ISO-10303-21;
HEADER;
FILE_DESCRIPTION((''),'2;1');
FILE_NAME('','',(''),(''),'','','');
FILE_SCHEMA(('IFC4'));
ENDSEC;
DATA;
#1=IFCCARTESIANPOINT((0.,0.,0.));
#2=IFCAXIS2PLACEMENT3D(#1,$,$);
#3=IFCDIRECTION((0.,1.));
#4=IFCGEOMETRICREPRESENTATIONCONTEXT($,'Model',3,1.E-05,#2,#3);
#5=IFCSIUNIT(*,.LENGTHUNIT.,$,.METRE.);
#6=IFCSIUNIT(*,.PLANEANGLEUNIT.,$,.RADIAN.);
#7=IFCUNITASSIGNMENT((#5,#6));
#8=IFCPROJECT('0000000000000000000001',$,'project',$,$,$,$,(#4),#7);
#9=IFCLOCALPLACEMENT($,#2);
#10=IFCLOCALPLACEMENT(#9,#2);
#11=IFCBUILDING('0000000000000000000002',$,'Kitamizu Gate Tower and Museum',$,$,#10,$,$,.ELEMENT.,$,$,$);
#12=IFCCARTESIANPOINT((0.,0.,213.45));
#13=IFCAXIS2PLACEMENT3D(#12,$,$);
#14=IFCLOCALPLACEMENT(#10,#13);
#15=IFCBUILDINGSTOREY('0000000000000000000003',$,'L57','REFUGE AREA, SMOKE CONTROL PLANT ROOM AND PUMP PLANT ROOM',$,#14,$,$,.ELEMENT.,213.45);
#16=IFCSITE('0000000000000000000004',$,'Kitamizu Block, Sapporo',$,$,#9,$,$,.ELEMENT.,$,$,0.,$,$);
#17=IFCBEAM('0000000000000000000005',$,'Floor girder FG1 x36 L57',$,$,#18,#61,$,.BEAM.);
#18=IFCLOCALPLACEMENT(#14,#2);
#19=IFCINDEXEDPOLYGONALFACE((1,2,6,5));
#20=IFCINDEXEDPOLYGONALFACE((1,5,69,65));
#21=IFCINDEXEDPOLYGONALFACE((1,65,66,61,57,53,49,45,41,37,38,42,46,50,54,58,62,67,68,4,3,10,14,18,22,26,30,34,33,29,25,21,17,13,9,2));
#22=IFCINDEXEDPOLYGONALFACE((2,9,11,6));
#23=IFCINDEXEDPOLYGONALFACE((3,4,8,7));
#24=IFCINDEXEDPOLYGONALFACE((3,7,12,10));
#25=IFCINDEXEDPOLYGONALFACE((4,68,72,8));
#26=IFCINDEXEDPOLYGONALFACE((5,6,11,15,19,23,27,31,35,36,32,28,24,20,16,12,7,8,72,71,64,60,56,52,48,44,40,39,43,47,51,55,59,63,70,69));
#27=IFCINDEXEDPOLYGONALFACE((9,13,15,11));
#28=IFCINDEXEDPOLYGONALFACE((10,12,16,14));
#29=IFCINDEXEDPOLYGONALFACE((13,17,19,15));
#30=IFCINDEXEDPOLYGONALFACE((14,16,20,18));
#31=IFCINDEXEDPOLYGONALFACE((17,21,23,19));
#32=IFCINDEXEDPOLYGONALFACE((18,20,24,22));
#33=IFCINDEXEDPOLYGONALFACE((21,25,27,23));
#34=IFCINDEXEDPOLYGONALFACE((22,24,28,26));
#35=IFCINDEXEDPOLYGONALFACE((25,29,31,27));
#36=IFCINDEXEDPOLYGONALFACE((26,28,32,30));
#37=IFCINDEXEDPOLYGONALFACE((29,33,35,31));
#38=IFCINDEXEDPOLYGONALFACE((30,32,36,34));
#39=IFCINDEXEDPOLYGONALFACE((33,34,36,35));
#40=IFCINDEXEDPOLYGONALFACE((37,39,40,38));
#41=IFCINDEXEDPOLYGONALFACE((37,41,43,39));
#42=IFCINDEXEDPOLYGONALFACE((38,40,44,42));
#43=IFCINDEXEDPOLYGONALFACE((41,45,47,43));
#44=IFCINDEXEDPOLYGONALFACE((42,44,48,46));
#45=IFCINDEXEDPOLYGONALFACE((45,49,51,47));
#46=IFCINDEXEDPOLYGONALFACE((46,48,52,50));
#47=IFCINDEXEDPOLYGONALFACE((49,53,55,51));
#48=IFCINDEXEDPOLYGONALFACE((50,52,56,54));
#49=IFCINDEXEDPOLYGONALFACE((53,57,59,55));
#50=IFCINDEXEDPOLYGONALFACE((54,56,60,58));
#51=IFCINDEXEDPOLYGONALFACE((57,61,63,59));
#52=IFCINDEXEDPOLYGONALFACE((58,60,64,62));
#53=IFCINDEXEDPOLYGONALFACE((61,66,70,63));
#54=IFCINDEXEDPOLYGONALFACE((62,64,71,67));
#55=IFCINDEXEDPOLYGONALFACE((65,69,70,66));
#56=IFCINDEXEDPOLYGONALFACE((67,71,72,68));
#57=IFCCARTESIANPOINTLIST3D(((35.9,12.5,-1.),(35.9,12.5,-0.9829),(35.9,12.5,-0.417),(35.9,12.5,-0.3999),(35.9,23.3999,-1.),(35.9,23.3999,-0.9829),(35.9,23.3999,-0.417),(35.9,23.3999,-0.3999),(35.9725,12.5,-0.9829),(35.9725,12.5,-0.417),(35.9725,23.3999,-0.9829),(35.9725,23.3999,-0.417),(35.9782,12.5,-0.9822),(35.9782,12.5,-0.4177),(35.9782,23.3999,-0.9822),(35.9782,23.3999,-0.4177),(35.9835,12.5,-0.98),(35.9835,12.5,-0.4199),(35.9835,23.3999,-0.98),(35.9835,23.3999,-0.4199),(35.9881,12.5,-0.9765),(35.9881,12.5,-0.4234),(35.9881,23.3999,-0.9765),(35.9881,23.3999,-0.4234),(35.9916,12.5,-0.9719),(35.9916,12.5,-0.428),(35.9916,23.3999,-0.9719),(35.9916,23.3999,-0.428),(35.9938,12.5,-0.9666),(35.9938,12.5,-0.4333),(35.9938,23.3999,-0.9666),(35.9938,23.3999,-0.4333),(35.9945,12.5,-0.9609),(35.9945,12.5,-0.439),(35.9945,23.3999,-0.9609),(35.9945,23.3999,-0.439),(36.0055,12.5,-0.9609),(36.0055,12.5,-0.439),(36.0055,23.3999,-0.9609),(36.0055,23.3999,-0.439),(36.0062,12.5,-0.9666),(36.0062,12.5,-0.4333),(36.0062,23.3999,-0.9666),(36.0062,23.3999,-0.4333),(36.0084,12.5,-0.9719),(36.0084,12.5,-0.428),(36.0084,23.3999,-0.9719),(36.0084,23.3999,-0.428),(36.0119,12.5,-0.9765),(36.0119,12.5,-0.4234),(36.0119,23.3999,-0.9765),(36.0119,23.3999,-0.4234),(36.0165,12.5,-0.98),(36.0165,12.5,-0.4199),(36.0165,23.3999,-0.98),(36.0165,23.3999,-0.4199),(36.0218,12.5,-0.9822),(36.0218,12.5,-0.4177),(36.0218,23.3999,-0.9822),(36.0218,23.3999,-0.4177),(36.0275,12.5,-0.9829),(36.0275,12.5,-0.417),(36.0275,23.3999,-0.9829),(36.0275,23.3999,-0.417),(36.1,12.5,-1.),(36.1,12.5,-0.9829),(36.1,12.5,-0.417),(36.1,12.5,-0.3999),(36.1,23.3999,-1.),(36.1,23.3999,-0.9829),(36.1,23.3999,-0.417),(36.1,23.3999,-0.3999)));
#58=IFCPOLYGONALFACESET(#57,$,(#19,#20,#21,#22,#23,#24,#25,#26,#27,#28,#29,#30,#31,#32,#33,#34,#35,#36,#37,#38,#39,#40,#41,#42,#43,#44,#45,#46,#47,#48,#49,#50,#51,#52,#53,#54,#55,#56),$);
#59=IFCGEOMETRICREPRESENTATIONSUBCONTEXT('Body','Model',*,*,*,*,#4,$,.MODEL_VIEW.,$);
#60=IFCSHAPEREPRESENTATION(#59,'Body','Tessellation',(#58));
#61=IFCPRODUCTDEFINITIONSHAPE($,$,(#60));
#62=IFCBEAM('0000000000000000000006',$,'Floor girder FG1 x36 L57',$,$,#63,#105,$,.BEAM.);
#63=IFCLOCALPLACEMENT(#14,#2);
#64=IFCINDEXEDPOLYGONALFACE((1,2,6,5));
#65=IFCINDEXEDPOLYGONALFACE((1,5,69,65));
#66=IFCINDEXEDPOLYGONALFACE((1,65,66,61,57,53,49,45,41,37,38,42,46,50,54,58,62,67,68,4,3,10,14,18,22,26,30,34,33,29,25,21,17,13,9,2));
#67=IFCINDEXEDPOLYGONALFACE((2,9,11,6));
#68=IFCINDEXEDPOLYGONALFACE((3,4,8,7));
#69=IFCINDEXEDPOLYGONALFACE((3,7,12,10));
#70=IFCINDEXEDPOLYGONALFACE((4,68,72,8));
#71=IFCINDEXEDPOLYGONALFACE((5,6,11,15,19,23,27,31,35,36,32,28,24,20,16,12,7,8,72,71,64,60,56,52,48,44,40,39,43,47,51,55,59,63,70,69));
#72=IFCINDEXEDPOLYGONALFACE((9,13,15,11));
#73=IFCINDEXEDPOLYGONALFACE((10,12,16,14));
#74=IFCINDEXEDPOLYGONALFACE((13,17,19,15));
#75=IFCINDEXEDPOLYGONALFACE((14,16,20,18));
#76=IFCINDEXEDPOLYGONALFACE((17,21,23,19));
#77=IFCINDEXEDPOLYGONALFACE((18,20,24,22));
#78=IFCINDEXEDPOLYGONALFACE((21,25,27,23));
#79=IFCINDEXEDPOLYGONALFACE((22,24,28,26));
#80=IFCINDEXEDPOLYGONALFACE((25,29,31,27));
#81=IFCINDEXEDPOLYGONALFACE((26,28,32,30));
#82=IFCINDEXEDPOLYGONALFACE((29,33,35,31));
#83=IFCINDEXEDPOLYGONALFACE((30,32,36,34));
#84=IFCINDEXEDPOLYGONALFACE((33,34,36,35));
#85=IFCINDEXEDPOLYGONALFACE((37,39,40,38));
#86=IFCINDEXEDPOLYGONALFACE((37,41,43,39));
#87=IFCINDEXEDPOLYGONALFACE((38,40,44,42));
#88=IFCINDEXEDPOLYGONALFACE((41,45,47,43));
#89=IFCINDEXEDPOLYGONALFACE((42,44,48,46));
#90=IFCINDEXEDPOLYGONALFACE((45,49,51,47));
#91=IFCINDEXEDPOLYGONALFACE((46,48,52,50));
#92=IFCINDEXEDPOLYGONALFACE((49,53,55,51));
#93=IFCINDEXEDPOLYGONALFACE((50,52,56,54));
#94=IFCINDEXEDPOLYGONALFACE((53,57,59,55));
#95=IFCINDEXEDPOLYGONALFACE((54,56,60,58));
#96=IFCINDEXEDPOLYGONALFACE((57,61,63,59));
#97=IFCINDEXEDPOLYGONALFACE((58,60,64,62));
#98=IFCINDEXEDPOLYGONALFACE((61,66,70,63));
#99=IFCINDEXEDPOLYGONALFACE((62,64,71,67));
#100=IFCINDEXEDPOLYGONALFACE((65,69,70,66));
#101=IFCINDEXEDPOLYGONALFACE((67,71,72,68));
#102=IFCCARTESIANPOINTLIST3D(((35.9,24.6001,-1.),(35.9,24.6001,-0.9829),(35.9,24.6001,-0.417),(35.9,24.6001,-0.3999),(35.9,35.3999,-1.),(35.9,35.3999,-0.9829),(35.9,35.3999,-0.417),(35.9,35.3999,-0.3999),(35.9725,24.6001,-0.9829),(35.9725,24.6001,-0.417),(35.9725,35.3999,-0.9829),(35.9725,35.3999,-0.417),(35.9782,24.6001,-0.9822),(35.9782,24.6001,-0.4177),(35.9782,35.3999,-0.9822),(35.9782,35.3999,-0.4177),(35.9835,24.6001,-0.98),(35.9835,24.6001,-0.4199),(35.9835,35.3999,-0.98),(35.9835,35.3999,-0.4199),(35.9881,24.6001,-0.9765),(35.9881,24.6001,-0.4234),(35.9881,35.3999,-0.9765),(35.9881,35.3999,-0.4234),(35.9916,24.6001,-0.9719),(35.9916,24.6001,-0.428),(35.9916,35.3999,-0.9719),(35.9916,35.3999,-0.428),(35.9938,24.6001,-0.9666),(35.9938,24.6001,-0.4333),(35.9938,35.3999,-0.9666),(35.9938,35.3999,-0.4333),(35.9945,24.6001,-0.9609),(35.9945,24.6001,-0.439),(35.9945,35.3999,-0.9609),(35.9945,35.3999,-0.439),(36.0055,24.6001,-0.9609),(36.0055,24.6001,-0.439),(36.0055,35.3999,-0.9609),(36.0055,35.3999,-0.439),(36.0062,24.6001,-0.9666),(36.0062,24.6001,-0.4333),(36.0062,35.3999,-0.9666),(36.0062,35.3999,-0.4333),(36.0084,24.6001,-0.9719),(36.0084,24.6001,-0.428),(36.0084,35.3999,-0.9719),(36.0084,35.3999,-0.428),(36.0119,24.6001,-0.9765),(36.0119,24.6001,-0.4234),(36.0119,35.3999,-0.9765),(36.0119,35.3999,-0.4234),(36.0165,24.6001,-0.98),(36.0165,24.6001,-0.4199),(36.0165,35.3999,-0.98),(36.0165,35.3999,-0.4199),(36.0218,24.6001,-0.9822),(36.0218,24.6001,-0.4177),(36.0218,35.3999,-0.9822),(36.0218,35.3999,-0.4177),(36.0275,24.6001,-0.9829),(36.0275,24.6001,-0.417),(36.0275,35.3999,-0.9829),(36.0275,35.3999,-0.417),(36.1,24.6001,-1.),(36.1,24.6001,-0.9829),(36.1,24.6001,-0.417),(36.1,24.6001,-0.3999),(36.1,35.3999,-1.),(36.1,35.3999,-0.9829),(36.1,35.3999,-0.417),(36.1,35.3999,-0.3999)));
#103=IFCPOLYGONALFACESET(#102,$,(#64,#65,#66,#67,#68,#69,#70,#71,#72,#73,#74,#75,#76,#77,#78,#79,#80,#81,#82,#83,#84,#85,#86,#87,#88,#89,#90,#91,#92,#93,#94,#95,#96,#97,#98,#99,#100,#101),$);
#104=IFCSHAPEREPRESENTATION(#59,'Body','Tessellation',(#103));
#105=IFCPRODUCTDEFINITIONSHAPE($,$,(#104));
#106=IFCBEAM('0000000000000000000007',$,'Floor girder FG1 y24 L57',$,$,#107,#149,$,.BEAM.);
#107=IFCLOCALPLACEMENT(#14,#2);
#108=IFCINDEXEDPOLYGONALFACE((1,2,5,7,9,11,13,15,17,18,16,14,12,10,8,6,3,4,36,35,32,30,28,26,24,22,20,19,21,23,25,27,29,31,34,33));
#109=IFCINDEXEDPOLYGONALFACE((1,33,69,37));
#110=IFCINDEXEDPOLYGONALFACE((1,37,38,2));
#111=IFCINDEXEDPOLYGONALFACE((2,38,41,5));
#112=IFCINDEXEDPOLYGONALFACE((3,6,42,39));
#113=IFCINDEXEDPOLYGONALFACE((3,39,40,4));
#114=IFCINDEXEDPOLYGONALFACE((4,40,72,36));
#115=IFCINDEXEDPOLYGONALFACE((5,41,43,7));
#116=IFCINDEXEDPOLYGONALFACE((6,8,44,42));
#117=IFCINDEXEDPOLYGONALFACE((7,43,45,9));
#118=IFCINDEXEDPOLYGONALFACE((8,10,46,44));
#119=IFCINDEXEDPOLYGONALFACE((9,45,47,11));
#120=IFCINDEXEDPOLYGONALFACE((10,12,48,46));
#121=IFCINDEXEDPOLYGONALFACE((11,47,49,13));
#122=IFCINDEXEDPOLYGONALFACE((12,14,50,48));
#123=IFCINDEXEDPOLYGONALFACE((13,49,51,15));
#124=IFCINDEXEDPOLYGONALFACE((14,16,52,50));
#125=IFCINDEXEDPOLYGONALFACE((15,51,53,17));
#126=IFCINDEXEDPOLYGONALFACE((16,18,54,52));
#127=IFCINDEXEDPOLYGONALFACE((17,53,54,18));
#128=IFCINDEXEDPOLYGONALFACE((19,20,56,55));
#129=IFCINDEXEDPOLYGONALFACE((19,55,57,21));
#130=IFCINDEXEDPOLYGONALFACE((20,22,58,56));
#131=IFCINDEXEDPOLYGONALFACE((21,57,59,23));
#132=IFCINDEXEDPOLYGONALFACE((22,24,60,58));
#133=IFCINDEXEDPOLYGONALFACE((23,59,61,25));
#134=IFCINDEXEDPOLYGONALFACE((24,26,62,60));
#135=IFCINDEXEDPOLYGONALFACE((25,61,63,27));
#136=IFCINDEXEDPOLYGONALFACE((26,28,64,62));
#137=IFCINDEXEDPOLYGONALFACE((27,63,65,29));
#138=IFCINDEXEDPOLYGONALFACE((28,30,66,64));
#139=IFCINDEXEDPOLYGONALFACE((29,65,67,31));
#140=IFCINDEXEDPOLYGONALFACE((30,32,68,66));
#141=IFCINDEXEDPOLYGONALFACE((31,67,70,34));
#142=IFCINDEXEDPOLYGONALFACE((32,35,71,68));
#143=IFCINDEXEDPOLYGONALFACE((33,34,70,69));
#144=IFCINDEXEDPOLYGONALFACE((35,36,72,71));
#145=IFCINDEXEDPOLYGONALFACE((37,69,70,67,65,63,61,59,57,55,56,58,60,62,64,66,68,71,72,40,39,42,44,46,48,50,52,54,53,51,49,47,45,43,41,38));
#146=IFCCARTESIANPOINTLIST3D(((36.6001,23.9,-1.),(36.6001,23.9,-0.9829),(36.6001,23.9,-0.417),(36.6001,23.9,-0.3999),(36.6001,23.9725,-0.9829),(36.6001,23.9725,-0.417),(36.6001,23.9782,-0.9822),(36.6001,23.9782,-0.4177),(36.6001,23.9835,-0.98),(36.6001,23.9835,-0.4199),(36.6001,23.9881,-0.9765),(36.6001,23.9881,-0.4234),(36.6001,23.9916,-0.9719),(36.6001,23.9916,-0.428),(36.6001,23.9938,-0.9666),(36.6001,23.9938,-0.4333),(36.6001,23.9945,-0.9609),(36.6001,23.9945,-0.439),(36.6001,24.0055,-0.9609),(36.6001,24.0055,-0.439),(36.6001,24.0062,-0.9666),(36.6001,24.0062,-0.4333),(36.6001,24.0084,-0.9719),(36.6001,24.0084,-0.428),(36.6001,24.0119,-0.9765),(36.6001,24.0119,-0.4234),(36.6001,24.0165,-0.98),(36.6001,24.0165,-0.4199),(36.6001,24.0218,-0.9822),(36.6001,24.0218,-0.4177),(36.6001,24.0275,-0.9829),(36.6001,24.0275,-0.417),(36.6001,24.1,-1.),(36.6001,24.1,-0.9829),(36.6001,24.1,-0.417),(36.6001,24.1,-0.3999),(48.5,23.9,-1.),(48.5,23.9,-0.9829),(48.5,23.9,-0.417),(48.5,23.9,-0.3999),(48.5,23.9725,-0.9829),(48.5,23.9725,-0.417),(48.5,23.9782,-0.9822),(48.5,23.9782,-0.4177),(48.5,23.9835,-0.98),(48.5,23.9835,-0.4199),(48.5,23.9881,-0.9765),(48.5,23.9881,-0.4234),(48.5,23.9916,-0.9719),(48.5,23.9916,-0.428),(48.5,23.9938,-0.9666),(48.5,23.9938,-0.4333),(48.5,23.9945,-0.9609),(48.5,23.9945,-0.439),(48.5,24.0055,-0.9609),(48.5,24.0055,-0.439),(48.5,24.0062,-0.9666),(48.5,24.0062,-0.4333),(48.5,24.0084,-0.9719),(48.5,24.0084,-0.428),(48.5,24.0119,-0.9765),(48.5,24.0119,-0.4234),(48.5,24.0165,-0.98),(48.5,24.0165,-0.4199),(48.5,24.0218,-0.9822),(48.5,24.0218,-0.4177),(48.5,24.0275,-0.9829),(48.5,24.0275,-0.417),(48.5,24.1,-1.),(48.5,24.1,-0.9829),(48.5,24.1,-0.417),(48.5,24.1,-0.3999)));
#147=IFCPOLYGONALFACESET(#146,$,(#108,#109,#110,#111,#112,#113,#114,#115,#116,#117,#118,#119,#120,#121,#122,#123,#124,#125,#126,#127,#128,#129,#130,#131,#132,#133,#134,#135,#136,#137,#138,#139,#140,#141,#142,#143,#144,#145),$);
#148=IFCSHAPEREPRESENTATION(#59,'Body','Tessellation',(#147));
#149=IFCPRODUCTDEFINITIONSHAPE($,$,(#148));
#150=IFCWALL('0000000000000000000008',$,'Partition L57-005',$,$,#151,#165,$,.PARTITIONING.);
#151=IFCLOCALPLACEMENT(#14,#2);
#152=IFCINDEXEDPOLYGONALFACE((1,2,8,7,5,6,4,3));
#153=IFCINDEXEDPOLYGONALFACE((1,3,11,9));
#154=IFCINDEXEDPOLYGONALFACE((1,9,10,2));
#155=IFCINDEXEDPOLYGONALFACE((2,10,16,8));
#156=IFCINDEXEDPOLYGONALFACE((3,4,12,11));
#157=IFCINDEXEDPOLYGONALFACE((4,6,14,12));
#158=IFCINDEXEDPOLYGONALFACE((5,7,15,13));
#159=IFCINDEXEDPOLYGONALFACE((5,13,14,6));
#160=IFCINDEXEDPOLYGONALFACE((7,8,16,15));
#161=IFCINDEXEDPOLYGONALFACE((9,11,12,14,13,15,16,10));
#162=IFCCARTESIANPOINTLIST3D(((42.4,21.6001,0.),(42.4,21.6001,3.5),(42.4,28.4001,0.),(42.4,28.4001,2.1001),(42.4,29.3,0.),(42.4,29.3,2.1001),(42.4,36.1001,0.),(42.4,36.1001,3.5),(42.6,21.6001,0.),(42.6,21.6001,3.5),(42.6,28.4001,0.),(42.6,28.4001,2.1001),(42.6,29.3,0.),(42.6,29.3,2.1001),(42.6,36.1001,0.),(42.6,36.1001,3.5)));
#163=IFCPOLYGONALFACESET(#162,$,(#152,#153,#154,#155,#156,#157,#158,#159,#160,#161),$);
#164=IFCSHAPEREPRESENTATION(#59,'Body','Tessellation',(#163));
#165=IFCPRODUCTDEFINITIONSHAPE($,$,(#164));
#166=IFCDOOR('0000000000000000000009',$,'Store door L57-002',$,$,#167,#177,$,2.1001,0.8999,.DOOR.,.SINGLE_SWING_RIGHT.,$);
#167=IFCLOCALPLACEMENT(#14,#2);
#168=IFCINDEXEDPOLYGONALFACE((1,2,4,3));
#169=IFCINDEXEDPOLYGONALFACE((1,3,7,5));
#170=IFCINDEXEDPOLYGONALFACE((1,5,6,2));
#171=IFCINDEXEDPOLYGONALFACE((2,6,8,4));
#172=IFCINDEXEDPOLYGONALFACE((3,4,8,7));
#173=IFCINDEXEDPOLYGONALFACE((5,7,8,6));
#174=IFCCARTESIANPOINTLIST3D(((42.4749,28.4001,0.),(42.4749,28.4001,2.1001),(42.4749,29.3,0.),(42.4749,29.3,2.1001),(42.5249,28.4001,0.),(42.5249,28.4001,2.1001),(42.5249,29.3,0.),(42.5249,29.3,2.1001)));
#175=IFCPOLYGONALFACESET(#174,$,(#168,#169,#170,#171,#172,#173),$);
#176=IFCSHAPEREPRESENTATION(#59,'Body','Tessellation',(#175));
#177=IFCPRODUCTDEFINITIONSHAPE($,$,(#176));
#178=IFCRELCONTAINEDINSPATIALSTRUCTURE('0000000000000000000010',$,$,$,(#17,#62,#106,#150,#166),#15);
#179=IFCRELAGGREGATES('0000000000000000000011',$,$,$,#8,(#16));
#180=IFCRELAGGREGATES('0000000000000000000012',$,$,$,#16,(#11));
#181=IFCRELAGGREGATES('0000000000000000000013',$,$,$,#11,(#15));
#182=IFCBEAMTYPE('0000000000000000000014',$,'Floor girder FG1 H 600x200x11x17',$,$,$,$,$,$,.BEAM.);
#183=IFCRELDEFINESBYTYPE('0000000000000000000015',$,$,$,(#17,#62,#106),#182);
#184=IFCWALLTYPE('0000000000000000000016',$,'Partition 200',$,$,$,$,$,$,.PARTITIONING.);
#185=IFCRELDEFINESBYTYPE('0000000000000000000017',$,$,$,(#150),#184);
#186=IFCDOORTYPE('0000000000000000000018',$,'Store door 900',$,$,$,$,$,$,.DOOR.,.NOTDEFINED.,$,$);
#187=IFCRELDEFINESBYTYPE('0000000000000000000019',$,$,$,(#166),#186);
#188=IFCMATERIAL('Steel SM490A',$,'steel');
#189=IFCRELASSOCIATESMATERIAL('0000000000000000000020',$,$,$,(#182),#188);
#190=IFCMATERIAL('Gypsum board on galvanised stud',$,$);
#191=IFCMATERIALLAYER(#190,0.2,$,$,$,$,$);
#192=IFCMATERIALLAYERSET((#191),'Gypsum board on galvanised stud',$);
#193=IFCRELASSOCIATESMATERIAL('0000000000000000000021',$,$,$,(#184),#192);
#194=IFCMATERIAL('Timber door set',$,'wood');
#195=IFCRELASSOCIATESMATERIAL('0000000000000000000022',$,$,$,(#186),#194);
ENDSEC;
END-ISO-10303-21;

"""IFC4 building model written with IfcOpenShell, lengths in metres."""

from ifc_helpers import new_model, si_unit, direction, frame, frame_2d, origin, origin_2d, place, context, subcontext, project, spatial, rectangle, i_section, extrude, material, layer, layer_set, material_profile, profile_set, type_object, element, fill, save


model = new_model("IFC4")

# Units and contexts
model_context = context("Model", 3, precision=1e-05, world=origin(), true_north=direction((0.0, 1.0)))
body_context = subcontext(model_context, "Body", "Model", "MODEL_VIEW")
ifc_project = project(units=[si_unit("LENGTHUNIT", "METRE"), si_unit("PLANEANGLEUNIT", "RADIAN")], contexts=[model_context])

# Site, building, storey
site_placement = place(None, origin())
site = spatial("IfcSite", under=ifc_project, at=site_placement, Name="Kitamizu Block, Sapporo", CompositionType="ELEMENT", RefElevation=0.0)
building_placement = place(site_placement, origin())
building = spatial("IfcBuilding", under=site, at=building_placement, Name="Kitamizu Gate Tower and Museum", CompositionType="ELEMENT")
storey_placement = place(building_placement, frame((0.0, 0.0, 213.45)))
storey = spatial("IfcBuildingStorey", under=building, at=storey_placement, Name="L57", Description="REFUGE AREA, SMOKE CONTROL PLANT ROOM AND PUMP PLANT ROOM", CompositionType="ELEMENT", Elevation=213.45)

# Beams
ifc_material_1 = material(Name="Steel SM490A", Category="steel")
ifc_material_profile_1 = material_profile(ifc_material_1, i_section(OverallWidth=0.2, OverallDepth=0.6001, WebThickness=0.011, FlangeThickness=0.0171, FilletRadius=0.022, at=origin_2d()), Name="H-600x200x11x17")
ifc_profile_set_1 = profile_set([ifc_material_profile_1], Name="Steel SM490A")
beam_type_1 = type_object("IfcBeamType", Name="Floor girder FG1 H 600x200x11x17", PredefinedType="BEAM", material=ifc_profile_set_1)
beam_1_placement = place(storey_placement, frame((36.0, 12.5, -0.7), z_axis=(0.0, 1.0, 0.0), x_axis=(-1.0, 0.0, 0.0)))
element("IfcBeam", 1, at=beam_1_placement, inside=storey, type_object=beam_type_1, Name="Floor girder FG1 x36 L57", PredefinedType="BEAM", context=body_context, shape_type="SweptSolid", body=[
    extrude(i_section(OverallWidth=0.2, OverallDepth=0.6001, WebThickness=0.011, FlangeThickness=0.0171, FilletRadius=0.022, at=origin_2d()), origin(), (0.0, 0.0, 1.0), 10.8999),
])
beam_2_placement = place(storey_placement, frame((36.0, 24.6001, -0.7), z_axis=(0.0, 1.0, 0.0), x_axis=(-1.0, 0.0, 0.0)))
element("IfcBeam", 2, at=beam_2_placement, inside=storey, type_object=beam_type_1, Name="Floor girder FG1 x36 L57", PredefinedType="BEAM", context=body_context, shape_type="SweptSolid", body=[
    extrude(i_section(OverallWidth=0.2, OverallDepth=0.6001, WebThickness=0.011, FlangeThickness=0.0171, FilletRadius=0.022, at=origin_2d()), origin(), (0.0, 0.0, 1.0), 10.7998),
])
beam_3_placement = place(storey_placement, frame((36.6001, 24.0, -0.7), z_axis=(1.0, 0.0, 0.0), x_axis=(0.0, 1.0, 0.0)))
element("IfcBeam", 3, at=beam_3_placement, inside=storey, type_object=beam_type_1, Name="Floor girder FG1 y24 L57", PredefinedType="BEAM", context=body_context, shape_type="SweptSolid", body=[
    extrude(i_section(OverallWidth=0.2, OverallDepth=0.6001, WebThickness=0.011, FlangeThickness=0.0171, FilletRadius=0.022, at=origin_2d()), origin(), (0.0, 0.0, 1.0), 11.8999),
])

# Wall, opening, door
ifc_material_2 = material(Name="Gypsum board on galvanised stud")
ifc_layer = layer(ifc_material_2, 0.2)
ifc_layer_set = layer_set([ifc_layer], Name="Gypsum board on galvanised stud")
wall_type = type_object("IfcWallType", Name="Partition 200", PredefinedType="PARTITIONING", material=ifc_layer_set)
wall_1_placement = place(storey_placement, frame((42.5, 21.6001, 0.0), z_axis=(0.0, 0.0, 1.0), x_axis=(0.0, 1.0, 0.0)))
wall_1 = element("IfcWall", 4, at=wall_1_placement, inside=storey, type_object=wall_type, Name="Partition L57-005", PredefinedType="PARTITIONING", context=body_context, shape_type="SweptSolid", body=[
    extrude(rectangle(XDim=14.5, YDim=0.2, at=frame_2d((7.25, 0.0))), origin(), (0.0, 0.0, 1.0), 3.5),
])
opening_1_placement = place(wall_1_placement, frame((6.8, 0.0, 0.0)))
opening_1 = element("IfcOpeningElement", 5, at=opening_1_placement, cuts=wall_1, PredefinedType="OPENING", context=body_context, shape_type="SweptSolid", body=[
    extrude(rectangle(XDim=0.8999, YDim=2.1001, at=frame_2d((0.45, 1.05))), frame((0.0, 0.1099, 0.0), z_axis=(0.0, -1.0, 0.0), x_axis=(1.0, 0.0, 0.0)), (0.0, 0.0, 1.0), 0.22),
])
ifc_material_3 = material(Name="Timber door set", Category="wood")
door_type_1 = type_object("IfcDoorType", Name="Store door 900", OperationType="NOTDEFINED", PredefinedType="DOOR", material=ifc_material_3)
door_1_placement = place(opening_1_placement, frame((0.8999, 0.0, 0.0), x_axis=(-1.0, 0.0, 0.0)))
door_1 = element("IfcDoor", 6, at=door_1_placement, inside=storey, type_object=door_type_1, Name="Store door L57-002", OperationType="SINGLE_SWING_RIGHT", OverallHeight=2.1001, OverallWidth=0.8999, PredefinedType="DOOR", context=body_context, shape_type="SweptSolid", body=[
    extrude(rectangle(XDim=0.8999, YDim=2.1001, at=frame_2d((0.45, 1.05))), frame((0.0, 0.0249, 0.0), z_axis=(0.0, -1.0, 0.0), x_axis=(1.0, 0.0, 0.0)), (0.0, 0.0, 1.0), 0.05),
])
fill(opening_1, door_1)

save(model, "model.ifc")
